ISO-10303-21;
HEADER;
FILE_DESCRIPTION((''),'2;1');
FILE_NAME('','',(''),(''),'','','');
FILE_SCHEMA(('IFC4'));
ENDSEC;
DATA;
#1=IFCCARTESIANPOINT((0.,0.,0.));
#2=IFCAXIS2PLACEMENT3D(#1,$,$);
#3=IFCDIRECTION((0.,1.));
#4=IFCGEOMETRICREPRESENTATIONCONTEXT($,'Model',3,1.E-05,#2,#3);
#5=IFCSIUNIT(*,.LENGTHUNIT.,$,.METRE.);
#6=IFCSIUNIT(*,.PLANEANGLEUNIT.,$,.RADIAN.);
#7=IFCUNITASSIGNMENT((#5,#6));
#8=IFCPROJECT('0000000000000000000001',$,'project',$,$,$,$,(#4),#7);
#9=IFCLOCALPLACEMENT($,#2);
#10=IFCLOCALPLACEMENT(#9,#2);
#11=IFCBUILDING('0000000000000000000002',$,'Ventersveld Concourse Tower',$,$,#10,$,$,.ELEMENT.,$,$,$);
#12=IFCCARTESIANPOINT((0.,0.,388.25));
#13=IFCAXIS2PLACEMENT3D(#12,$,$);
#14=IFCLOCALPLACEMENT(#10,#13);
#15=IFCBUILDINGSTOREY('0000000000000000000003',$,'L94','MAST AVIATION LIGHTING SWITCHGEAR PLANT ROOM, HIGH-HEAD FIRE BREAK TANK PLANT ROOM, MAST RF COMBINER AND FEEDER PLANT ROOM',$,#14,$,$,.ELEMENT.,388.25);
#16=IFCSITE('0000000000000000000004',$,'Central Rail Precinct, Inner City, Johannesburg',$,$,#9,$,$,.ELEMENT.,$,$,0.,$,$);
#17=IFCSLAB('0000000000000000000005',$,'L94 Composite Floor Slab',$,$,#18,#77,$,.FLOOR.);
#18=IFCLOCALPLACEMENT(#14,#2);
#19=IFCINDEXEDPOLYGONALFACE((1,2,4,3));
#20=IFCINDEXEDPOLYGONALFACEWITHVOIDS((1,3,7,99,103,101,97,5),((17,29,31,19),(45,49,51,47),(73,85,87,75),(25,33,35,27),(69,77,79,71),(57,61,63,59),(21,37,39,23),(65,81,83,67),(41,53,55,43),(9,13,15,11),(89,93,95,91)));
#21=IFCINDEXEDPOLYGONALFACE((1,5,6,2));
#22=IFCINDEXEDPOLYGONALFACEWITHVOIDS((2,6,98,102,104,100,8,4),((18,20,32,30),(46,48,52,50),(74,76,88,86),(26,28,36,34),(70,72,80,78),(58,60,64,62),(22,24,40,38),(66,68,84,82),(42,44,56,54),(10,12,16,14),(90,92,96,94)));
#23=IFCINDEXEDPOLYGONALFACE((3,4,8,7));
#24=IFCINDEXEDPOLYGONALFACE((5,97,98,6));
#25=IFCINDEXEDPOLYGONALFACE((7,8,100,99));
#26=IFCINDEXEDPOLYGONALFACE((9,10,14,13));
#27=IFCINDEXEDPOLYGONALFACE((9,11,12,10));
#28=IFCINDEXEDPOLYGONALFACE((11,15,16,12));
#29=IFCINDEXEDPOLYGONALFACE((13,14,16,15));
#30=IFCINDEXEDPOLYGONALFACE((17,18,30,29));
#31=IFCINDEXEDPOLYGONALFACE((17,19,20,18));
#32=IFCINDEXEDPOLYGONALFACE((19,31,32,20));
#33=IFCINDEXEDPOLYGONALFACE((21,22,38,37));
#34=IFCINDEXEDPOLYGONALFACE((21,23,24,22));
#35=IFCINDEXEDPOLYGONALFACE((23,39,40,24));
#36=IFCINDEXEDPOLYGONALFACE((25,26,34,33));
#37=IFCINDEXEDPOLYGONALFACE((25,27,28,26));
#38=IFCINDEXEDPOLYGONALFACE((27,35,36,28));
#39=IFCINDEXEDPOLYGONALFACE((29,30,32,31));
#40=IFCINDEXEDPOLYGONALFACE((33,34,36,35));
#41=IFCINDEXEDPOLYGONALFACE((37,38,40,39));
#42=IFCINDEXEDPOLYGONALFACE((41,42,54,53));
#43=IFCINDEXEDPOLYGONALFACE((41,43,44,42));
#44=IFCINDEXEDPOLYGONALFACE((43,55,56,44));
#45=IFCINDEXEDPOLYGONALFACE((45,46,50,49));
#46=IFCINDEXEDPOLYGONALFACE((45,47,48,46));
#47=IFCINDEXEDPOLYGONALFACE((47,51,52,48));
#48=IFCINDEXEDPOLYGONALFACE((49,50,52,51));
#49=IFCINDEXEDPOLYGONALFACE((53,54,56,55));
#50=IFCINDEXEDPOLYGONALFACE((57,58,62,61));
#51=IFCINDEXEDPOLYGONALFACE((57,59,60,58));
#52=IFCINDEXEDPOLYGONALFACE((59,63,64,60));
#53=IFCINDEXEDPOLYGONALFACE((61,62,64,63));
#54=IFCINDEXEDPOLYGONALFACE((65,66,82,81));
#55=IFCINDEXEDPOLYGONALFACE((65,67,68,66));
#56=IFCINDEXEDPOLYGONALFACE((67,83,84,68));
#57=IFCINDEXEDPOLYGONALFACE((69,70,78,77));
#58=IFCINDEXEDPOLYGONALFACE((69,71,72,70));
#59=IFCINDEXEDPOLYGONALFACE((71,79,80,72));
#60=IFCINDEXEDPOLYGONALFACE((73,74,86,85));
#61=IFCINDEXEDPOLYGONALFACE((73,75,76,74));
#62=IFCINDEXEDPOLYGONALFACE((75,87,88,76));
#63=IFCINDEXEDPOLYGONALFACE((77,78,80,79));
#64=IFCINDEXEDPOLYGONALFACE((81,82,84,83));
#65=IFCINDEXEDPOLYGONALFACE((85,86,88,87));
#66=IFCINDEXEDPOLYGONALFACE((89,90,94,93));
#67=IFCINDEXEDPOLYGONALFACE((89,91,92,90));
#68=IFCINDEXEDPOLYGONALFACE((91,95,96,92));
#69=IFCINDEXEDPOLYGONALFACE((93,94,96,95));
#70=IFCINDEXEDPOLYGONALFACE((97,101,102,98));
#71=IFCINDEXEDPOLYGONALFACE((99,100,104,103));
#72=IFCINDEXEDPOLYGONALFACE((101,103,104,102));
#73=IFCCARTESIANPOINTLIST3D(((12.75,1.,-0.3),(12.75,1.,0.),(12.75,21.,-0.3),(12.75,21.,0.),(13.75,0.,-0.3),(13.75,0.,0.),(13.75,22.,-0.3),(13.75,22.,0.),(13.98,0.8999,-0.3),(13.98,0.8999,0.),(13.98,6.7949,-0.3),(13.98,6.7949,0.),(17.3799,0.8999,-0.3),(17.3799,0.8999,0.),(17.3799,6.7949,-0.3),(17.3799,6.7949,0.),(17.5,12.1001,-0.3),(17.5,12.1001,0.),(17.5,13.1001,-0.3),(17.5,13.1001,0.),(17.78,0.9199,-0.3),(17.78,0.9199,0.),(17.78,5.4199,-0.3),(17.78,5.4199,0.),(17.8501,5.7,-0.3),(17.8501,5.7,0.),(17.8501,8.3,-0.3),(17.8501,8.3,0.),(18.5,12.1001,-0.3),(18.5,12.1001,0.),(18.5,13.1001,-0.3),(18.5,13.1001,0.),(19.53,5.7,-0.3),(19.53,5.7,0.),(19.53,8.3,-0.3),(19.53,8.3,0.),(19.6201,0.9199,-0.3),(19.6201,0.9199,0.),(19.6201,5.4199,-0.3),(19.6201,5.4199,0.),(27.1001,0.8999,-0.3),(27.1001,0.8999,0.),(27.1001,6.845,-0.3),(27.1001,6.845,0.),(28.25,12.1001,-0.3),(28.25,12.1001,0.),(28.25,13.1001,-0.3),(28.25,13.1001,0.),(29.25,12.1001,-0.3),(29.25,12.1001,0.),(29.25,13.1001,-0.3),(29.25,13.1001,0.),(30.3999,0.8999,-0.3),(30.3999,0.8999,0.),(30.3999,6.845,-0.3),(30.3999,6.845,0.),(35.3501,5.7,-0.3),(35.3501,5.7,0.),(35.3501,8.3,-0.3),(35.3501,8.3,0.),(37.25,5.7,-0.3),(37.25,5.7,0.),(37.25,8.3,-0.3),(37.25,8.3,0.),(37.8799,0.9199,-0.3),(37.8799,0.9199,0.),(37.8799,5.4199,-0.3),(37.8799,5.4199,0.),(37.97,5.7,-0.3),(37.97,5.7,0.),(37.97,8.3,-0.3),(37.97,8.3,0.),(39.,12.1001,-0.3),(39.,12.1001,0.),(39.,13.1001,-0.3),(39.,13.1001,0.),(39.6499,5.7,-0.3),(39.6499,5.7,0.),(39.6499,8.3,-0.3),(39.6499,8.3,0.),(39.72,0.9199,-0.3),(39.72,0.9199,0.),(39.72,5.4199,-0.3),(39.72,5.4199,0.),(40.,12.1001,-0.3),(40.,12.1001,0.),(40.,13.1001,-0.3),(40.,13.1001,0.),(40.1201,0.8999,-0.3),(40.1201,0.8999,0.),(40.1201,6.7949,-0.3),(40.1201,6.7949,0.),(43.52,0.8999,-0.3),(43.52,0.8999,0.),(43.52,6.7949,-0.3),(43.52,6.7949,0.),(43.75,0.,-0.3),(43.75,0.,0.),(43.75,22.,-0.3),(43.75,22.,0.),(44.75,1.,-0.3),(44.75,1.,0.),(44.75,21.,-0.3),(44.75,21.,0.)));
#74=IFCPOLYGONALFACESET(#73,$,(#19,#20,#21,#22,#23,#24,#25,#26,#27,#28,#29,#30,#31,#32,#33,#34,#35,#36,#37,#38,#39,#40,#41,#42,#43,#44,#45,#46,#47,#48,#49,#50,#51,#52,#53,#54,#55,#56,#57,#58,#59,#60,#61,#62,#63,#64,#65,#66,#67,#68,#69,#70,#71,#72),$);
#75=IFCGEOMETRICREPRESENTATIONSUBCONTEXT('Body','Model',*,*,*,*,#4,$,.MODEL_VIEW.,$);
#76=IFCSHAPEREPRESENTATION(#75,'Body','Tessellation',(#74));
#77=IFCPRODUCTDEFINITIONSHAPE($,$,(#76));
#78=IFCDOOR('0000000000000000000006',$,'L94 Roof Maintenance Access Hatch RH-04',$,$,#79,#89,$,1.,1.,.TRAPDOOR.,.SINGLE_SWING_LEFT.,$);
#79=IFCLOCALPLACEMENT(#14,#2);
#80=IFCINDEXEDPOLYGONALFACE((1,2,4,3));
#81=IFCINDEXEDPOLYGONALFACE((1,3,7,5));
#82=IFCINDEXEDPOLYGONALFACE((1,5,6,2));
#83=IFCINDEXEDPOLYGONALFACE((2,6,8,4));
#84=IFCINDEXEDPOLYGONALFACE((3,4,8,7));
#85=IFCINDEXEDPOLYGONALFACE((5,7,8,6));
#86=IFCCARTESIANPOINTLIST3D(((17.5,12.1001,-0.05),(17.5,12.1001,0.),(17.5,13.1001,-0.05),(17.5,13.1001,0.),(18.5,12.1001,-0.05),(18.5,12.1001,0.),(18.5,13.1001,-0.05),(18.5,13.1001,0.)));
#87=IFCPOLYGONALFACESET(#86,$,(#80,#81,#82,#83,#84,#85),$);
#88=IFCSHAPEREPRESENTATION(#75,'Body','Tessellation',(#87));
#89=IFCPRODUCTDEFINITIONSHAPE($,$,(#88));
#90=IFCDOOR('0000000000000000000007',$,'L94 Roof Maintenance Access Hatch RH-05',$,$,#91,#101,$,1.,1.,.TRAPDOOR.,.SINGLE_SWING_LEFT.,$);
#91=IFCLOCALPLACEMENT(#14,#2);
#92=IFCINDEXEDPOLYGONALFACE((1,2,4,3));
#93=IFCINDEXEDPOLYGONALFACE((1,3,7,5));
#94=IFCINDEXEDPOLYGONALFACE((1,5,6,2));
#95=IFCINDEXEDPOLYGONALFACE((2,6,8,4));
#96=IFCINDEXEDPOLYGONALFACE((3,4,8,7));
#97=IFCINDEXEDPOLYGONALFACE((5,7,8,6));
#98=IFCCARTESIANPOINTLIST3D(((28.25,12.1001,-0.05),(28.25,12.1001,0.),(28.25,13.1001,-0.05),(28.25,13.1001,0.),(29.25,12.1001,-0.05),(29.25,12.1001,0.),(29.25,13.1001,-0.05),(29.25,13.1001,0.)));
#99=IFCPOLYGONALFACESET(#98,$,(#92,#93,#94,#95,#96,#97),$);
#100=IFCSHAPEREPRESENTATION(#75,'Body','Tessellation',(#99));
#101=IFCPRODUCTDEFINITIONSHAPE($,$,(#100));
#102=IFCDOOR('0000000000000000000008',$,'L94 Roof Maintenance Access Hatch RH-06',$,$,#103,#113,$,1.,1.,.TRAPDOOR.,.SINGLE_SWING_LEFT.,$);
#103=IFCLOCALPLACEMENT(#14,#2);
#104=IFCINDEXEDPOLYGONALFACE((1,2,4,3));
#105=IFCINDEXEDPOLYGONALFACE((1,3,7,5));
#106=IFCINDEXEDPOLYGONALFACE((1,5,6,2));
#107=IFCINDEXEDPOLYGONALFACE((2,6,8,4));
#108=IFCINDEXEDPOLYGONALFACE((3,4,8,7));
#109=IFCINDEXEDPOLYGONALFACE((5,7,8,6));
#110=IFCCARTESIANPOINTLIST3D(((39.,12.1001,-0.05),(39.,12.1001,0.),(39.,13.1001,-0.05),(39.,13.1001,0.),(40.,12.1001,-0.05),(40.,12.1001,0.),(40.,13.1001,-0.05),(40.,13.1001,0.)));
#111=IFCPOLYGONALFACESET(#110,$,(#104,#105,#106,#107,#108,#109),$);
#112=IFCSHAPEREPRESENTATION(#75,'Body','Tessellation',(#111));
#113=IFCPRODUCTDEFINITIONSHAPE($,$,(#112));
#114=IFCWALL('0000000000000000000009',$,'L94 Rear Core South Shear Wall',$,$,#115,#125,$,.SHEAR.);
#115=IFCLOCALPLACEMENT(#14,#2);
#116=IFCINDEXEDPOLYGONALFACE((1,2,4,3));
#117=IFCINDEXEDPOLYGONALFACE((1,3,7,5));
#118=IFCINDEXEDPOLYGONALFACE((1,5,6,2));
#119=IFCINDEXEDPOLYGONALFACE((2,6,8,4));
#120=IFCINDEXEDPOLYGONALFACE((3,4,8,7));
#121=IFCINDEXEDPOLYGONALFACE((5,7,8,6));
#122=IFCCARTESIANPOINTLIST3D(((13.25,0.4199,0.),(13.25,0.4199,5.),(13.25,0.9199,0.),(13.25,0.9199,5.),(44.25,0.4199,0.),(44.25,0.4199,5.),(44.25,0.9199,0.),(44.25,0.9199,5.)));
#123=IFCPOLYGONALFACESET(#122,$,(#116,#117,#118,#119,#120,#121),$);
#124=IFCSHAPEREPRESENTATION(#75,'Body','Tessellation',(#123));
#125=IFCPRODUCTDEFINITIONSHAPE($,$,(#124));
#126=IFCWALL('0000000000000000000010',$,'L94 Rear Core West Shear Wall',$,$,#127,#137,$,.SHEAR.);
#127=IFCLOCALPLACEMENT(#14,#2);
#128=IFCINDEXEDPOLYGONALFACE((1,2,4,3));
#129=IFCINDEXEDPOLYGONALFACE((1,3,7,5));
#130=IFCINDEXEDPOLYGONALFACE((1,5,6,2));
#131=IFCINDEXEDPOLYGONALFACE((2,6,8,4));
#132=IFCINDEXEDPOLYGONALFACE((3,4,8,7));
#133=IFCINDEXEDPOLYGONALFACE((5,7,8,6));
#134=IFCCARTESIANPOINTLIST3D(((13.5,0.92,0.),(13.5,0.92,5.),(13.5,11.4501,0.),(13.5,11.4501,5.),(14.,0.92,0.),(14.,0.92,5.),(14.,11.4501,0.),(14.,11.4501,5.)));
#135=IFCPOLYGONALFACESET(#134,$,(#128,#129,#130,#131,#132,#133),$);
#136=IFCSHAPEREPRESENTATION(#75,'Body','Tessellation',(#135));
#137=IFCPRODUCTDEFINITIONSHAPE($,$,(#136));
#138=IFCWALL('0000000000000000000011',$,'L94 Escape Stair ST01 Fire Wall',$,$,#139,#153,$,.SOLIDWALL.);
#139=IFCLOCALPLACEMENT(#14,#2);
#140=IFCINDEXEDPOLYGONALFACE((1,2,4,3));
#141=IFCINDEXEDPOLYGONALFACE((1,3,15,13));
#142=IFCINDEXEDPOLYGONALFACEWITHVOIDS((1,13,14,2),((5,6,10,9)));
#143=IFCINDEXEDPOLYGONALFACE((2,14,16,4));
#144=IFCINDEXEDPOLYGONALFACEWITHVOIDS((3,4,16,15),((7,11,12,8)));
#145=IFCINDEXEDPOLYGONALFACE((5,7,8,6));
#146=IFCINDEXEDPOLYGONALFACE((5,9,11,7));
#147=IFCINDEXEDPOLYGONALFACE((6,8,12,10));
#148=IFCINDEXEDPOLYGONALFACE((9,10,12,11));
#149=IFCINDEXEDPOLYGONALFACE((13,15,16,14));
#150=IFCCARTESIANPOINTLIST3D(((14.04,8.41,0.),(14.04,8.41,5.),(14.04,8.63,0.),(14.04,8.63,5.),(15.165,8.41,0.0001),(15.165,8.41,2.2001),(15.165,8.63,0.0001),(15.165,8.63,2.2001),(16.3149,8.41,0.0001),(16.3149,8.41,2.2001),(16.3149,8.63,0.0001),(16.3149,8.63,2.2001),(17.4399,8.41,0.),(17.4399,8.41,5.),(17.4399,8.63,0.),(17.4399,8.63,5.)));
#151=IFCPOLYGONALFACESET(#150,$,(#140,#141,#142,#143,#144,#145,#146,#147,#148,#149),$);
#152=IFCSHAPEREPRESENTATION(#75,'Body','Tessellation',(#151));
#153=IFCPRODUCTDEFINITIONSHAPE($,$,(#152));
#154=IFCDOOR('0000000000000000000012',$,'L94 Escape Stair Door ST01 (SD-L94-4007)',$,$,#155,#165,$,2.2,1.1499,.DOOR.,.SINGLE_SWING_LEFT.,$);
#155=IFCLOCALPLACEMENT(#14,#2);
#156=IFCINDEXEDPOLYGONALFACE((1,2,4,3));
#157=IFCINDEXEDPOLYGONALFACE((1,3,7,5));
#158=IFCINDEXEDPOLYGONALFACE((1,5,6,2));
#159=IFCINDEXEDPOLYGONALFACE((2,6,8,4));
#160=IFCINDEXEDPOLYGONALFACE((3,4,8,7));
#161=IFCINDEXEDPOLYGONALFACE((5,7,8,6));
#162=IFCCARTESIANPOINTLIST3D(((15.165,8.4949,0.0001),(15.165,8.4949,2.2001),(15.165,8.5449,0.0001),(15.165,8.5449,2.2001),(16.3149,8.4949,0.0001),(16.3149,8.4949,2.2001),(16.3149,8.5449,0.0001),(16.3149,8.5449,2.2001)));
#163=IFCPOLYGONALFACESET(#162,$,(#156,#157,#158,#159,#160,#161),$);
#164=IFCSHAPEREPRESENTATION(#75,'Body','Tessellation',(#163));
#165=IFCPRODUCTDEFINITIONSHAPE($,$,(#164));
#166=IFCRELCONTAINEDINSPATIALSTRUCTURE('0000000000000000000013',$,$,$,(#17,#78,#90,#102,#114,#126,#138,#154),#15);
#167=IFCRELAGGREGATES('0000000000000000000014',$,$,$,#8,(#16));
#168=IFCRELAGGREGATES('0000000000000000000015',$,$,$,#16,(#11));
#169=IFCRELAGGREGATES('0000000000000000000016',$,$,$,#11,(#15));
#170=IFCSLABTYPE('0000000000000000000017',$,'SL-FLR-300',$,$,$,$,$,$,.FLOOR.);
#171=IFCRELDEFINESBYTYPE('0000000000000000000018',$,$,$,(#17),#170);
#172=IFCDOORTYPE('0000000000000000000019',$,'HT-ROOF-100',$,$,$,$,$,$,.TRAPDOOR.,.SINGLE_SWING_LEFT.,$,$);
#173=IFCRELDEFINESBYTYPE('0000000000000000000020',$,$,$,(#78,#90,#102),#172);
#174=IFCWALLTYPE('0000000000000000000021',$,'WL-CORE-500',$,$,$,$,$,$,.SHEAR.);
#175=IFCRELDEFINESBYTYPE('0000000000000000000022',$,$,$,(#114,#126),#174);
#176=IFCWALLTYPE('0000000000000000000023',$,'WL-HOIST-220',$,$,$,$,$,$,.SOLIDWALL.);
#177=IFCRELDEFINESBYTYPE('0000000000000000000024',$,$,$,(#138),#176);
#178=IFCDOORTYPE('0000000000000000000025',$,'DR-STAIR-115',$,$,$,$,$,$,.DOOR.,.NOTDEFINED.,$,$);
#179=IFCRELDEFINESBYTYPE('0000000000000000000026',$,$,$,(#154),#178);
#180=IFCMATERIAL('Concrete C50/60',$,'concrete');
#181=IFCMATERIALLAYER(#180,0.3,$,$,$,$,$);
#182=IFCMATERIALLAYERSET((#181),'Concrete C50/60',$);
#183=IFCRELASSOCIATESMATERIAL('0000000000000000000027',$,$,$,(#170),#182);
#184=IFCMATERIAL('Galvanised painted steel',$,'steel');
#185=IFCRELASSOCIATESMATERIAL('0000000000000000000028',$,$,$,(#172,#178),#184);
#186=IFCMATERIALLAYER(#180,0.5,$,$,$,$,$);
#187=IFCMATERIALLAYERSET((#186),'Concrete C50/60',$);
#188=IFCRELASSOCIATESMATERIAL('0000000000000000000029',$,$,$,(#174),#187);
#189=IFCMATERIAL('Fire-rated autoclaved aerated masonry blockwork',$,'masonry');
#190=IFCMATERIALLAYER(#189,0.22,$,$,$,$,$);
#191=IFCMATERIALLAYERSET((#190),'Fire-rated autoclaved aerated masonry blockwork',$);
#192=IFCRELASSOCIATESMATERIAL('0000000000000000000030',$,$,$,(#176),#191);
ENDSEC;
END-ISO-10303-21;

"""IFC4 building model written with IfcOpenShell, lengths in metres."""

from ifc_helpers import new_model, si_unit, direction, frame, frame_2d, origin, origin_2d, place, context, subcontext, project, spatial, polyline, rectangle, outline, extrude, material, layer, layer_set, type_object, element, fill, save


model = new_model("IFC4")

# Units and contexts
model_context = context("Model", 3, precision=1e-05, world=origin(), true_north=direction((0.0, 1.0)))
body_context = subcontext(model_context, "Body", "Model", "MODEL_VIEW")
ifc_project = project(units=[si_unit("LENGTHUNIT", "METRE"), si_unit("PLANEANGLEUNIT", "RADIAN")], contexts=[model_context])

# Site, building, storey
site_placement = place(None, origin())
site = spatial("IfcSite", under=ifc_project, at=site_placement, Name="Central Rail Precinct, Inner City, Johannesburg", CompositionType="ELEMENT", RefElevation=0.0)
building_placement = place(site_placement, origin())
building = spatial("IfcBuilding", under=site, at=building_placement, Name="Ventersveld Concourse Tower", CompositionType="ELEMENT")
storey_placement = place(building_placement, frame((0.0, 0.0, 388.25)))
storey = spatial("IfcBuildingStorey", under=building, at=storey_placement, Name="L94", Description="MAST AVIATION LIGHTING SWITCHGEAR PLANT ROOM, HIGH-HEAD FIRE BREAK TANK PLANT ROOM, MAST RF COMBINER AND FEEDER PLANT ROOM", CompositionType="ELEMENT", Elevation=388.25)

# Slab, openings, doors
ifc_material_1 = material(Name="Concrete C50/60", Category="concrete")
ifc_layer_1 = layer(ifc_material_1, 0.3)
ifc_layer_set_1 = layer_set([ifc_layer_1], Name="Concrete C50/60")
slab_type = type_object("IfcSlabType", Name="SL-FLR-300", PredefinedType="FLOOR", material=ifc_layer_set_1)
slab_placement = place(storey_placement, frame((0.0, 0.0, -0.3)))
slab = element("IfcSlab", 1, at=slab_placement, inside=storey, type_object=slab_type, Name="L94 Composite Floor Slab", PredefinedType="FLOOR", context=body_context, shape_type="SweptSolid", body=[
    extrude(outline(polyline([(13.75, 0.0), (43.75, 0.0), (44.75, 1.0), (44.75, 21.0), (43.75, 22.0), (13.75, 22.0), (12.75, 21.0), (12.75, 1.0), (13.75, 0.0)]), holes=[polyline([(13.98, 6.7949), (13.98, 0.8999), (17.3799, 0.8999), (17.3799, 6.7949), (13.98, 6.7949)]), polyline([(40.1201, 6.7949), (40.1201, 0.8999), (43.52, 0.8999), (43.52, 6.7949), (40.1201, 6.7949)]), polyline([(27.1001, 6.845), (27.1001, 0.8999), (30.3999, 0.8999), (30.3999, 6.845), (27.1001, 6.845)]), polyline([(17.8501, 5.7), (19.53, 5.7), (19.53, 8.3), (17.8501, 8.3), (17.8501, 5.7)]), polyline([(37.97, 5.7), (39.6499, 5.7), (39.6499, 8.3), (37.97, 8.3), (37.97, 5.7)]), polyline([(35.3501, 5.7), (37.25, 5.7), (37.25, 8.3), (35.3501, 8.3), (35.3501, 5.7)]), polyline([(17.78, 0.9199), (19.6201, 0.9199), (19.6201, 5.4199), (17.78, 5.4199), (17.78, 0.9199)]), polyline([(37.8799, 0.9199), (39.72, 0.9199), (39.72, 5.4199), (37.8799, 5.4199), (37.8799, 0.9199)])]), origin(), (0.0, 0.0, 1.0), 0.3),
])
opening_1_placement = place(slab_placement, frame((18.0, 12.6001, -0.01)))
opening_1 = element("IfcOpeningElement", 2, at=opening_1_placement, cuts=slab, PredefinedType="OPENING", context=body_context, shape_type="SweptSolid", body=[
    extrude(rectangle(XDim=1.0, YDim=1.0, at=origin_2d()), origin(), (0.0, 0.0, 1.0), 0.3201),
])
opening_2_placement = place(slab_placement, frame((28.75, 12.6001, -0.01)))
opening_2 = element("IfcOpeningElement", 3, at=opening_2_placement, cuts=slab, PredefinedType="OPENING", context=body_context, shape_type="SweptSolid", body=[
    extrude(rectangle(XDim=1.0, YDim=1.0, at=origin_2d()), origin(), (0.0, 0.0, 1.0), 0.3201),
])
opening_3_placement = place(slab_placement, frame((39.5, 12.6001, -0.01)))
opening_3 = element("IfcOpeningElement", 4, at=opening_3_placement, cuts=slab, PredefinedType="OPENING", context=body_context, shape_type="SweptSolid", body=[
    extrude(rectangle(XDim=1.0, YDim=1.0, at=origin_2d()), origin(), (0.0, 0.0, 1.0), 0.3201),
])
ifc_material_2 = material(Name="Galvanised painted steel", Category="steel")
door_type_1 = type_object("IfcDoorType", Name="HT-ROOF-100", OperationType="SINGLE_SWING_LEFT", PredefinedType="TRAPDOOR", material=ifc_material_2)
door_1_placement = place(slab_placement, frame((18.0, 12.6001, 0.25)))
door_1 = element("IfcDoor", 5, at=door_1_placement, inside=storey, type_object=door_type_1, Name="L94 Roof Maintenance Access Hatch RH-04", OperationType="SINGLE_SWING_LEFT", OverallHeight=1.0, OverallWidth=1.0, PredefinedType="TRAPDOOR", context=body_context, shape_type="SweptSolid", body=[
    extrude(rectangle(XDim=1.0, YDim=1.0, at=origin_2d()), origin(), (0.0, 0.0, 1.0), 0.05),
])
fill(opening_1, door_1)
door_2_placement = place(slab_placement, frame((28.75, 12.6001, 0.25)))
door_2 = element("IfcDoor", 6, at=door_2_placement, inside=storey, type_object=door_type_1, Name="L94 Roof Maintenance Access Hatch RH-05", OperationType="SINGLE_SWING_LEFT", OverallHeight=1.0, OverallWidth=1.0, PredefinedType="TRAPDOOR", context=body_context, shape_type="SweptSolid", body=[
    extrude(rectangle(XDim=1.0, YDim=1.0, at=origin_2d()), origin(), (0.0, 0.0, 1.0), 0.05),
])
fill(opening_2, door_2)
door_3_placement = place(slab_placement, frame((39.5, 12.6001, 0.25)))
door_3 = element("IfcDoor", 7, at=door_3_placement, inside=storey, type_object=door_type_1, Name="L94 Roof Maintenance Access Hatch RH-06", OperationType="SINGLE_SWING_LEFT", OverallHeight=1.0, OverallWidth=1.0, PredefinedType="TRAPDOOR", context=body_context, shape_type="SweptSolid", body=[
    extrude(rectangle(XDim=1.0, YDim=1.0, at=origin_2d()), origin(), (0.0, 0.0, 1.0), 0.05),
])
fill(opening_3, door_3)

# Walls
ifc_layer_2 = layer(ifc_material_1, 0.5)
ifc_layer_set_2 = layer_set([ifc_layer_2], Name="Concrete C50/60")
wall_type_1 = type_object("IfcWallType", Name="WL-CORE-500", PredefinedType="SHEAR", material=ifc_layer_set_2)
wall_1_placement = place(storey_placement, frame((13.25, 0.6699, 0.0), z_axis=(0.0, 0.0, 1.0), x_axis=(1.0, 0.0, 0.0)))
element("IfcWall", 8, at=wall_1_placement, inside=storey, type_object=wall_type_1, Name="L94 Rear Core South Shear Wall", PredefinedType="SHEAR", context=body_context, shape_type="SweptSolid", body=[
    extrude(rectangle(XDim=31.0, YDim=0.5, at=frame_2d((15.5, 0.0))), origin(), (0.0, 0.0, 1.0), 5.0),
])
wall_2_placement = place(storey_placement, frame((13.75, 0.9199, 0.0), z_axis=(0.0, 0.0, 1.0), x_axis=(0.0, 1.0, 0.0)))
element("IfcWall", 9, at=wall_2_placement, inside=storey, type_object=wall_type_1, Name="L94 Rear Core West Shear Wall", PredefinedType="SHEAR", context=body_context, shape_type="SweptSolid", body=[
    extrude(rectangle(XDim=10.53, YDim=0.5, at=frame_2d((5.2651, 0.0))), origin(), (0.0, 0.0, 1.0), 5.0),
])

# Wall, opening, door
ifc_material_3 = material(Name="Fire-rated autoclaved aerated masonry blockwork", Category="masonry")
ifc_layer_3 = layer(ifc_material_3, 0.22)
ifc_layer_set_3 = layer_set([ifc_layer_3], Name="Fire-rated autoclaved aerated masonry blockwork")
wall_type_2 = type_object("IfcWallType", Name="WL-HOIST-220", PredefinedType="SOLIDWALL", material=ifc_layer_set_3)
wall_3_placement = place(storey_placement, frame((14.04, 8.52, 0.0), z_axis=(0.0, 0.0, 1.0), x_axis=(1.0, 0.0, 0.0)))
wall_3 = element("IfcWall", 10, at=wall_3_placement, inside=storey, type_object=wall_type_2, Name="L94 Escape Stair ST01 Fire Wall", PredefinedType="SOLIDWALL", context=body_context, shape_type="SweptSolid", body=[
    extrude(rectangle(XDim=3.3999, YDim=0.22, at=frame_2d((1.7, 0.0))), origin(), (0.0, 0.0, 1.0), 5.0),
])
opening_4_placement = place(wall_3_placement, frame((1.125, 0.0, 0.0)))
opening_4 = element("IfcOpeningElement", 11, at=opening_4_placement, cuts=wall_3, PredefinedType="OPENING", context=body_context, shape_type="SweptSolid", body=[
    extrude(rectangle(XDim=1.1499, YDim=2.2, at=frame_2d((0.575, 1.1001))), frame((0.0, 0.1201, 0.0), z_axis=(0.0, -1.0, 0.0), x_axis=(1.0, 0.0, 0.0)), (0.0, 0.0, 1.0), 0.24),
])
door_type_2 = type_object("IfcDoorType", Name="DR-STAIR-115", OperationType="NOTDEFINED", PredefinedType="DOOR", material=ifc_material_2)
door_4_placement = place(opening_4_placement, origin())
door_4 = element("IfcDoor", 12, at=door_4_placement, inside=storey, type_object=door_type_2, Name="L94 Escape Stair Door ST01 (SD-L94-4007)", OperationType="SINGLE_SWING_LEFT", OverallHeight=2.2, OverallWidth=1.1499, PredefinedType="DOOR", context=body_context, shape_type="SweptSolid", body=[
    extrude(rectangle(XDim=1.1499, YDim=2.2, at=frame_2d((0.575, 1.1001))), frame((0.0, 0.0249, 0.0), z_axis=(0.0, -1.0, 0.0), x_axis=(1.0, 0.0, 0.0)), (0.0, 0.0, 1.0), 0.05),
])
fill(opening_4, door_4)

save(model, "model.ifc")
